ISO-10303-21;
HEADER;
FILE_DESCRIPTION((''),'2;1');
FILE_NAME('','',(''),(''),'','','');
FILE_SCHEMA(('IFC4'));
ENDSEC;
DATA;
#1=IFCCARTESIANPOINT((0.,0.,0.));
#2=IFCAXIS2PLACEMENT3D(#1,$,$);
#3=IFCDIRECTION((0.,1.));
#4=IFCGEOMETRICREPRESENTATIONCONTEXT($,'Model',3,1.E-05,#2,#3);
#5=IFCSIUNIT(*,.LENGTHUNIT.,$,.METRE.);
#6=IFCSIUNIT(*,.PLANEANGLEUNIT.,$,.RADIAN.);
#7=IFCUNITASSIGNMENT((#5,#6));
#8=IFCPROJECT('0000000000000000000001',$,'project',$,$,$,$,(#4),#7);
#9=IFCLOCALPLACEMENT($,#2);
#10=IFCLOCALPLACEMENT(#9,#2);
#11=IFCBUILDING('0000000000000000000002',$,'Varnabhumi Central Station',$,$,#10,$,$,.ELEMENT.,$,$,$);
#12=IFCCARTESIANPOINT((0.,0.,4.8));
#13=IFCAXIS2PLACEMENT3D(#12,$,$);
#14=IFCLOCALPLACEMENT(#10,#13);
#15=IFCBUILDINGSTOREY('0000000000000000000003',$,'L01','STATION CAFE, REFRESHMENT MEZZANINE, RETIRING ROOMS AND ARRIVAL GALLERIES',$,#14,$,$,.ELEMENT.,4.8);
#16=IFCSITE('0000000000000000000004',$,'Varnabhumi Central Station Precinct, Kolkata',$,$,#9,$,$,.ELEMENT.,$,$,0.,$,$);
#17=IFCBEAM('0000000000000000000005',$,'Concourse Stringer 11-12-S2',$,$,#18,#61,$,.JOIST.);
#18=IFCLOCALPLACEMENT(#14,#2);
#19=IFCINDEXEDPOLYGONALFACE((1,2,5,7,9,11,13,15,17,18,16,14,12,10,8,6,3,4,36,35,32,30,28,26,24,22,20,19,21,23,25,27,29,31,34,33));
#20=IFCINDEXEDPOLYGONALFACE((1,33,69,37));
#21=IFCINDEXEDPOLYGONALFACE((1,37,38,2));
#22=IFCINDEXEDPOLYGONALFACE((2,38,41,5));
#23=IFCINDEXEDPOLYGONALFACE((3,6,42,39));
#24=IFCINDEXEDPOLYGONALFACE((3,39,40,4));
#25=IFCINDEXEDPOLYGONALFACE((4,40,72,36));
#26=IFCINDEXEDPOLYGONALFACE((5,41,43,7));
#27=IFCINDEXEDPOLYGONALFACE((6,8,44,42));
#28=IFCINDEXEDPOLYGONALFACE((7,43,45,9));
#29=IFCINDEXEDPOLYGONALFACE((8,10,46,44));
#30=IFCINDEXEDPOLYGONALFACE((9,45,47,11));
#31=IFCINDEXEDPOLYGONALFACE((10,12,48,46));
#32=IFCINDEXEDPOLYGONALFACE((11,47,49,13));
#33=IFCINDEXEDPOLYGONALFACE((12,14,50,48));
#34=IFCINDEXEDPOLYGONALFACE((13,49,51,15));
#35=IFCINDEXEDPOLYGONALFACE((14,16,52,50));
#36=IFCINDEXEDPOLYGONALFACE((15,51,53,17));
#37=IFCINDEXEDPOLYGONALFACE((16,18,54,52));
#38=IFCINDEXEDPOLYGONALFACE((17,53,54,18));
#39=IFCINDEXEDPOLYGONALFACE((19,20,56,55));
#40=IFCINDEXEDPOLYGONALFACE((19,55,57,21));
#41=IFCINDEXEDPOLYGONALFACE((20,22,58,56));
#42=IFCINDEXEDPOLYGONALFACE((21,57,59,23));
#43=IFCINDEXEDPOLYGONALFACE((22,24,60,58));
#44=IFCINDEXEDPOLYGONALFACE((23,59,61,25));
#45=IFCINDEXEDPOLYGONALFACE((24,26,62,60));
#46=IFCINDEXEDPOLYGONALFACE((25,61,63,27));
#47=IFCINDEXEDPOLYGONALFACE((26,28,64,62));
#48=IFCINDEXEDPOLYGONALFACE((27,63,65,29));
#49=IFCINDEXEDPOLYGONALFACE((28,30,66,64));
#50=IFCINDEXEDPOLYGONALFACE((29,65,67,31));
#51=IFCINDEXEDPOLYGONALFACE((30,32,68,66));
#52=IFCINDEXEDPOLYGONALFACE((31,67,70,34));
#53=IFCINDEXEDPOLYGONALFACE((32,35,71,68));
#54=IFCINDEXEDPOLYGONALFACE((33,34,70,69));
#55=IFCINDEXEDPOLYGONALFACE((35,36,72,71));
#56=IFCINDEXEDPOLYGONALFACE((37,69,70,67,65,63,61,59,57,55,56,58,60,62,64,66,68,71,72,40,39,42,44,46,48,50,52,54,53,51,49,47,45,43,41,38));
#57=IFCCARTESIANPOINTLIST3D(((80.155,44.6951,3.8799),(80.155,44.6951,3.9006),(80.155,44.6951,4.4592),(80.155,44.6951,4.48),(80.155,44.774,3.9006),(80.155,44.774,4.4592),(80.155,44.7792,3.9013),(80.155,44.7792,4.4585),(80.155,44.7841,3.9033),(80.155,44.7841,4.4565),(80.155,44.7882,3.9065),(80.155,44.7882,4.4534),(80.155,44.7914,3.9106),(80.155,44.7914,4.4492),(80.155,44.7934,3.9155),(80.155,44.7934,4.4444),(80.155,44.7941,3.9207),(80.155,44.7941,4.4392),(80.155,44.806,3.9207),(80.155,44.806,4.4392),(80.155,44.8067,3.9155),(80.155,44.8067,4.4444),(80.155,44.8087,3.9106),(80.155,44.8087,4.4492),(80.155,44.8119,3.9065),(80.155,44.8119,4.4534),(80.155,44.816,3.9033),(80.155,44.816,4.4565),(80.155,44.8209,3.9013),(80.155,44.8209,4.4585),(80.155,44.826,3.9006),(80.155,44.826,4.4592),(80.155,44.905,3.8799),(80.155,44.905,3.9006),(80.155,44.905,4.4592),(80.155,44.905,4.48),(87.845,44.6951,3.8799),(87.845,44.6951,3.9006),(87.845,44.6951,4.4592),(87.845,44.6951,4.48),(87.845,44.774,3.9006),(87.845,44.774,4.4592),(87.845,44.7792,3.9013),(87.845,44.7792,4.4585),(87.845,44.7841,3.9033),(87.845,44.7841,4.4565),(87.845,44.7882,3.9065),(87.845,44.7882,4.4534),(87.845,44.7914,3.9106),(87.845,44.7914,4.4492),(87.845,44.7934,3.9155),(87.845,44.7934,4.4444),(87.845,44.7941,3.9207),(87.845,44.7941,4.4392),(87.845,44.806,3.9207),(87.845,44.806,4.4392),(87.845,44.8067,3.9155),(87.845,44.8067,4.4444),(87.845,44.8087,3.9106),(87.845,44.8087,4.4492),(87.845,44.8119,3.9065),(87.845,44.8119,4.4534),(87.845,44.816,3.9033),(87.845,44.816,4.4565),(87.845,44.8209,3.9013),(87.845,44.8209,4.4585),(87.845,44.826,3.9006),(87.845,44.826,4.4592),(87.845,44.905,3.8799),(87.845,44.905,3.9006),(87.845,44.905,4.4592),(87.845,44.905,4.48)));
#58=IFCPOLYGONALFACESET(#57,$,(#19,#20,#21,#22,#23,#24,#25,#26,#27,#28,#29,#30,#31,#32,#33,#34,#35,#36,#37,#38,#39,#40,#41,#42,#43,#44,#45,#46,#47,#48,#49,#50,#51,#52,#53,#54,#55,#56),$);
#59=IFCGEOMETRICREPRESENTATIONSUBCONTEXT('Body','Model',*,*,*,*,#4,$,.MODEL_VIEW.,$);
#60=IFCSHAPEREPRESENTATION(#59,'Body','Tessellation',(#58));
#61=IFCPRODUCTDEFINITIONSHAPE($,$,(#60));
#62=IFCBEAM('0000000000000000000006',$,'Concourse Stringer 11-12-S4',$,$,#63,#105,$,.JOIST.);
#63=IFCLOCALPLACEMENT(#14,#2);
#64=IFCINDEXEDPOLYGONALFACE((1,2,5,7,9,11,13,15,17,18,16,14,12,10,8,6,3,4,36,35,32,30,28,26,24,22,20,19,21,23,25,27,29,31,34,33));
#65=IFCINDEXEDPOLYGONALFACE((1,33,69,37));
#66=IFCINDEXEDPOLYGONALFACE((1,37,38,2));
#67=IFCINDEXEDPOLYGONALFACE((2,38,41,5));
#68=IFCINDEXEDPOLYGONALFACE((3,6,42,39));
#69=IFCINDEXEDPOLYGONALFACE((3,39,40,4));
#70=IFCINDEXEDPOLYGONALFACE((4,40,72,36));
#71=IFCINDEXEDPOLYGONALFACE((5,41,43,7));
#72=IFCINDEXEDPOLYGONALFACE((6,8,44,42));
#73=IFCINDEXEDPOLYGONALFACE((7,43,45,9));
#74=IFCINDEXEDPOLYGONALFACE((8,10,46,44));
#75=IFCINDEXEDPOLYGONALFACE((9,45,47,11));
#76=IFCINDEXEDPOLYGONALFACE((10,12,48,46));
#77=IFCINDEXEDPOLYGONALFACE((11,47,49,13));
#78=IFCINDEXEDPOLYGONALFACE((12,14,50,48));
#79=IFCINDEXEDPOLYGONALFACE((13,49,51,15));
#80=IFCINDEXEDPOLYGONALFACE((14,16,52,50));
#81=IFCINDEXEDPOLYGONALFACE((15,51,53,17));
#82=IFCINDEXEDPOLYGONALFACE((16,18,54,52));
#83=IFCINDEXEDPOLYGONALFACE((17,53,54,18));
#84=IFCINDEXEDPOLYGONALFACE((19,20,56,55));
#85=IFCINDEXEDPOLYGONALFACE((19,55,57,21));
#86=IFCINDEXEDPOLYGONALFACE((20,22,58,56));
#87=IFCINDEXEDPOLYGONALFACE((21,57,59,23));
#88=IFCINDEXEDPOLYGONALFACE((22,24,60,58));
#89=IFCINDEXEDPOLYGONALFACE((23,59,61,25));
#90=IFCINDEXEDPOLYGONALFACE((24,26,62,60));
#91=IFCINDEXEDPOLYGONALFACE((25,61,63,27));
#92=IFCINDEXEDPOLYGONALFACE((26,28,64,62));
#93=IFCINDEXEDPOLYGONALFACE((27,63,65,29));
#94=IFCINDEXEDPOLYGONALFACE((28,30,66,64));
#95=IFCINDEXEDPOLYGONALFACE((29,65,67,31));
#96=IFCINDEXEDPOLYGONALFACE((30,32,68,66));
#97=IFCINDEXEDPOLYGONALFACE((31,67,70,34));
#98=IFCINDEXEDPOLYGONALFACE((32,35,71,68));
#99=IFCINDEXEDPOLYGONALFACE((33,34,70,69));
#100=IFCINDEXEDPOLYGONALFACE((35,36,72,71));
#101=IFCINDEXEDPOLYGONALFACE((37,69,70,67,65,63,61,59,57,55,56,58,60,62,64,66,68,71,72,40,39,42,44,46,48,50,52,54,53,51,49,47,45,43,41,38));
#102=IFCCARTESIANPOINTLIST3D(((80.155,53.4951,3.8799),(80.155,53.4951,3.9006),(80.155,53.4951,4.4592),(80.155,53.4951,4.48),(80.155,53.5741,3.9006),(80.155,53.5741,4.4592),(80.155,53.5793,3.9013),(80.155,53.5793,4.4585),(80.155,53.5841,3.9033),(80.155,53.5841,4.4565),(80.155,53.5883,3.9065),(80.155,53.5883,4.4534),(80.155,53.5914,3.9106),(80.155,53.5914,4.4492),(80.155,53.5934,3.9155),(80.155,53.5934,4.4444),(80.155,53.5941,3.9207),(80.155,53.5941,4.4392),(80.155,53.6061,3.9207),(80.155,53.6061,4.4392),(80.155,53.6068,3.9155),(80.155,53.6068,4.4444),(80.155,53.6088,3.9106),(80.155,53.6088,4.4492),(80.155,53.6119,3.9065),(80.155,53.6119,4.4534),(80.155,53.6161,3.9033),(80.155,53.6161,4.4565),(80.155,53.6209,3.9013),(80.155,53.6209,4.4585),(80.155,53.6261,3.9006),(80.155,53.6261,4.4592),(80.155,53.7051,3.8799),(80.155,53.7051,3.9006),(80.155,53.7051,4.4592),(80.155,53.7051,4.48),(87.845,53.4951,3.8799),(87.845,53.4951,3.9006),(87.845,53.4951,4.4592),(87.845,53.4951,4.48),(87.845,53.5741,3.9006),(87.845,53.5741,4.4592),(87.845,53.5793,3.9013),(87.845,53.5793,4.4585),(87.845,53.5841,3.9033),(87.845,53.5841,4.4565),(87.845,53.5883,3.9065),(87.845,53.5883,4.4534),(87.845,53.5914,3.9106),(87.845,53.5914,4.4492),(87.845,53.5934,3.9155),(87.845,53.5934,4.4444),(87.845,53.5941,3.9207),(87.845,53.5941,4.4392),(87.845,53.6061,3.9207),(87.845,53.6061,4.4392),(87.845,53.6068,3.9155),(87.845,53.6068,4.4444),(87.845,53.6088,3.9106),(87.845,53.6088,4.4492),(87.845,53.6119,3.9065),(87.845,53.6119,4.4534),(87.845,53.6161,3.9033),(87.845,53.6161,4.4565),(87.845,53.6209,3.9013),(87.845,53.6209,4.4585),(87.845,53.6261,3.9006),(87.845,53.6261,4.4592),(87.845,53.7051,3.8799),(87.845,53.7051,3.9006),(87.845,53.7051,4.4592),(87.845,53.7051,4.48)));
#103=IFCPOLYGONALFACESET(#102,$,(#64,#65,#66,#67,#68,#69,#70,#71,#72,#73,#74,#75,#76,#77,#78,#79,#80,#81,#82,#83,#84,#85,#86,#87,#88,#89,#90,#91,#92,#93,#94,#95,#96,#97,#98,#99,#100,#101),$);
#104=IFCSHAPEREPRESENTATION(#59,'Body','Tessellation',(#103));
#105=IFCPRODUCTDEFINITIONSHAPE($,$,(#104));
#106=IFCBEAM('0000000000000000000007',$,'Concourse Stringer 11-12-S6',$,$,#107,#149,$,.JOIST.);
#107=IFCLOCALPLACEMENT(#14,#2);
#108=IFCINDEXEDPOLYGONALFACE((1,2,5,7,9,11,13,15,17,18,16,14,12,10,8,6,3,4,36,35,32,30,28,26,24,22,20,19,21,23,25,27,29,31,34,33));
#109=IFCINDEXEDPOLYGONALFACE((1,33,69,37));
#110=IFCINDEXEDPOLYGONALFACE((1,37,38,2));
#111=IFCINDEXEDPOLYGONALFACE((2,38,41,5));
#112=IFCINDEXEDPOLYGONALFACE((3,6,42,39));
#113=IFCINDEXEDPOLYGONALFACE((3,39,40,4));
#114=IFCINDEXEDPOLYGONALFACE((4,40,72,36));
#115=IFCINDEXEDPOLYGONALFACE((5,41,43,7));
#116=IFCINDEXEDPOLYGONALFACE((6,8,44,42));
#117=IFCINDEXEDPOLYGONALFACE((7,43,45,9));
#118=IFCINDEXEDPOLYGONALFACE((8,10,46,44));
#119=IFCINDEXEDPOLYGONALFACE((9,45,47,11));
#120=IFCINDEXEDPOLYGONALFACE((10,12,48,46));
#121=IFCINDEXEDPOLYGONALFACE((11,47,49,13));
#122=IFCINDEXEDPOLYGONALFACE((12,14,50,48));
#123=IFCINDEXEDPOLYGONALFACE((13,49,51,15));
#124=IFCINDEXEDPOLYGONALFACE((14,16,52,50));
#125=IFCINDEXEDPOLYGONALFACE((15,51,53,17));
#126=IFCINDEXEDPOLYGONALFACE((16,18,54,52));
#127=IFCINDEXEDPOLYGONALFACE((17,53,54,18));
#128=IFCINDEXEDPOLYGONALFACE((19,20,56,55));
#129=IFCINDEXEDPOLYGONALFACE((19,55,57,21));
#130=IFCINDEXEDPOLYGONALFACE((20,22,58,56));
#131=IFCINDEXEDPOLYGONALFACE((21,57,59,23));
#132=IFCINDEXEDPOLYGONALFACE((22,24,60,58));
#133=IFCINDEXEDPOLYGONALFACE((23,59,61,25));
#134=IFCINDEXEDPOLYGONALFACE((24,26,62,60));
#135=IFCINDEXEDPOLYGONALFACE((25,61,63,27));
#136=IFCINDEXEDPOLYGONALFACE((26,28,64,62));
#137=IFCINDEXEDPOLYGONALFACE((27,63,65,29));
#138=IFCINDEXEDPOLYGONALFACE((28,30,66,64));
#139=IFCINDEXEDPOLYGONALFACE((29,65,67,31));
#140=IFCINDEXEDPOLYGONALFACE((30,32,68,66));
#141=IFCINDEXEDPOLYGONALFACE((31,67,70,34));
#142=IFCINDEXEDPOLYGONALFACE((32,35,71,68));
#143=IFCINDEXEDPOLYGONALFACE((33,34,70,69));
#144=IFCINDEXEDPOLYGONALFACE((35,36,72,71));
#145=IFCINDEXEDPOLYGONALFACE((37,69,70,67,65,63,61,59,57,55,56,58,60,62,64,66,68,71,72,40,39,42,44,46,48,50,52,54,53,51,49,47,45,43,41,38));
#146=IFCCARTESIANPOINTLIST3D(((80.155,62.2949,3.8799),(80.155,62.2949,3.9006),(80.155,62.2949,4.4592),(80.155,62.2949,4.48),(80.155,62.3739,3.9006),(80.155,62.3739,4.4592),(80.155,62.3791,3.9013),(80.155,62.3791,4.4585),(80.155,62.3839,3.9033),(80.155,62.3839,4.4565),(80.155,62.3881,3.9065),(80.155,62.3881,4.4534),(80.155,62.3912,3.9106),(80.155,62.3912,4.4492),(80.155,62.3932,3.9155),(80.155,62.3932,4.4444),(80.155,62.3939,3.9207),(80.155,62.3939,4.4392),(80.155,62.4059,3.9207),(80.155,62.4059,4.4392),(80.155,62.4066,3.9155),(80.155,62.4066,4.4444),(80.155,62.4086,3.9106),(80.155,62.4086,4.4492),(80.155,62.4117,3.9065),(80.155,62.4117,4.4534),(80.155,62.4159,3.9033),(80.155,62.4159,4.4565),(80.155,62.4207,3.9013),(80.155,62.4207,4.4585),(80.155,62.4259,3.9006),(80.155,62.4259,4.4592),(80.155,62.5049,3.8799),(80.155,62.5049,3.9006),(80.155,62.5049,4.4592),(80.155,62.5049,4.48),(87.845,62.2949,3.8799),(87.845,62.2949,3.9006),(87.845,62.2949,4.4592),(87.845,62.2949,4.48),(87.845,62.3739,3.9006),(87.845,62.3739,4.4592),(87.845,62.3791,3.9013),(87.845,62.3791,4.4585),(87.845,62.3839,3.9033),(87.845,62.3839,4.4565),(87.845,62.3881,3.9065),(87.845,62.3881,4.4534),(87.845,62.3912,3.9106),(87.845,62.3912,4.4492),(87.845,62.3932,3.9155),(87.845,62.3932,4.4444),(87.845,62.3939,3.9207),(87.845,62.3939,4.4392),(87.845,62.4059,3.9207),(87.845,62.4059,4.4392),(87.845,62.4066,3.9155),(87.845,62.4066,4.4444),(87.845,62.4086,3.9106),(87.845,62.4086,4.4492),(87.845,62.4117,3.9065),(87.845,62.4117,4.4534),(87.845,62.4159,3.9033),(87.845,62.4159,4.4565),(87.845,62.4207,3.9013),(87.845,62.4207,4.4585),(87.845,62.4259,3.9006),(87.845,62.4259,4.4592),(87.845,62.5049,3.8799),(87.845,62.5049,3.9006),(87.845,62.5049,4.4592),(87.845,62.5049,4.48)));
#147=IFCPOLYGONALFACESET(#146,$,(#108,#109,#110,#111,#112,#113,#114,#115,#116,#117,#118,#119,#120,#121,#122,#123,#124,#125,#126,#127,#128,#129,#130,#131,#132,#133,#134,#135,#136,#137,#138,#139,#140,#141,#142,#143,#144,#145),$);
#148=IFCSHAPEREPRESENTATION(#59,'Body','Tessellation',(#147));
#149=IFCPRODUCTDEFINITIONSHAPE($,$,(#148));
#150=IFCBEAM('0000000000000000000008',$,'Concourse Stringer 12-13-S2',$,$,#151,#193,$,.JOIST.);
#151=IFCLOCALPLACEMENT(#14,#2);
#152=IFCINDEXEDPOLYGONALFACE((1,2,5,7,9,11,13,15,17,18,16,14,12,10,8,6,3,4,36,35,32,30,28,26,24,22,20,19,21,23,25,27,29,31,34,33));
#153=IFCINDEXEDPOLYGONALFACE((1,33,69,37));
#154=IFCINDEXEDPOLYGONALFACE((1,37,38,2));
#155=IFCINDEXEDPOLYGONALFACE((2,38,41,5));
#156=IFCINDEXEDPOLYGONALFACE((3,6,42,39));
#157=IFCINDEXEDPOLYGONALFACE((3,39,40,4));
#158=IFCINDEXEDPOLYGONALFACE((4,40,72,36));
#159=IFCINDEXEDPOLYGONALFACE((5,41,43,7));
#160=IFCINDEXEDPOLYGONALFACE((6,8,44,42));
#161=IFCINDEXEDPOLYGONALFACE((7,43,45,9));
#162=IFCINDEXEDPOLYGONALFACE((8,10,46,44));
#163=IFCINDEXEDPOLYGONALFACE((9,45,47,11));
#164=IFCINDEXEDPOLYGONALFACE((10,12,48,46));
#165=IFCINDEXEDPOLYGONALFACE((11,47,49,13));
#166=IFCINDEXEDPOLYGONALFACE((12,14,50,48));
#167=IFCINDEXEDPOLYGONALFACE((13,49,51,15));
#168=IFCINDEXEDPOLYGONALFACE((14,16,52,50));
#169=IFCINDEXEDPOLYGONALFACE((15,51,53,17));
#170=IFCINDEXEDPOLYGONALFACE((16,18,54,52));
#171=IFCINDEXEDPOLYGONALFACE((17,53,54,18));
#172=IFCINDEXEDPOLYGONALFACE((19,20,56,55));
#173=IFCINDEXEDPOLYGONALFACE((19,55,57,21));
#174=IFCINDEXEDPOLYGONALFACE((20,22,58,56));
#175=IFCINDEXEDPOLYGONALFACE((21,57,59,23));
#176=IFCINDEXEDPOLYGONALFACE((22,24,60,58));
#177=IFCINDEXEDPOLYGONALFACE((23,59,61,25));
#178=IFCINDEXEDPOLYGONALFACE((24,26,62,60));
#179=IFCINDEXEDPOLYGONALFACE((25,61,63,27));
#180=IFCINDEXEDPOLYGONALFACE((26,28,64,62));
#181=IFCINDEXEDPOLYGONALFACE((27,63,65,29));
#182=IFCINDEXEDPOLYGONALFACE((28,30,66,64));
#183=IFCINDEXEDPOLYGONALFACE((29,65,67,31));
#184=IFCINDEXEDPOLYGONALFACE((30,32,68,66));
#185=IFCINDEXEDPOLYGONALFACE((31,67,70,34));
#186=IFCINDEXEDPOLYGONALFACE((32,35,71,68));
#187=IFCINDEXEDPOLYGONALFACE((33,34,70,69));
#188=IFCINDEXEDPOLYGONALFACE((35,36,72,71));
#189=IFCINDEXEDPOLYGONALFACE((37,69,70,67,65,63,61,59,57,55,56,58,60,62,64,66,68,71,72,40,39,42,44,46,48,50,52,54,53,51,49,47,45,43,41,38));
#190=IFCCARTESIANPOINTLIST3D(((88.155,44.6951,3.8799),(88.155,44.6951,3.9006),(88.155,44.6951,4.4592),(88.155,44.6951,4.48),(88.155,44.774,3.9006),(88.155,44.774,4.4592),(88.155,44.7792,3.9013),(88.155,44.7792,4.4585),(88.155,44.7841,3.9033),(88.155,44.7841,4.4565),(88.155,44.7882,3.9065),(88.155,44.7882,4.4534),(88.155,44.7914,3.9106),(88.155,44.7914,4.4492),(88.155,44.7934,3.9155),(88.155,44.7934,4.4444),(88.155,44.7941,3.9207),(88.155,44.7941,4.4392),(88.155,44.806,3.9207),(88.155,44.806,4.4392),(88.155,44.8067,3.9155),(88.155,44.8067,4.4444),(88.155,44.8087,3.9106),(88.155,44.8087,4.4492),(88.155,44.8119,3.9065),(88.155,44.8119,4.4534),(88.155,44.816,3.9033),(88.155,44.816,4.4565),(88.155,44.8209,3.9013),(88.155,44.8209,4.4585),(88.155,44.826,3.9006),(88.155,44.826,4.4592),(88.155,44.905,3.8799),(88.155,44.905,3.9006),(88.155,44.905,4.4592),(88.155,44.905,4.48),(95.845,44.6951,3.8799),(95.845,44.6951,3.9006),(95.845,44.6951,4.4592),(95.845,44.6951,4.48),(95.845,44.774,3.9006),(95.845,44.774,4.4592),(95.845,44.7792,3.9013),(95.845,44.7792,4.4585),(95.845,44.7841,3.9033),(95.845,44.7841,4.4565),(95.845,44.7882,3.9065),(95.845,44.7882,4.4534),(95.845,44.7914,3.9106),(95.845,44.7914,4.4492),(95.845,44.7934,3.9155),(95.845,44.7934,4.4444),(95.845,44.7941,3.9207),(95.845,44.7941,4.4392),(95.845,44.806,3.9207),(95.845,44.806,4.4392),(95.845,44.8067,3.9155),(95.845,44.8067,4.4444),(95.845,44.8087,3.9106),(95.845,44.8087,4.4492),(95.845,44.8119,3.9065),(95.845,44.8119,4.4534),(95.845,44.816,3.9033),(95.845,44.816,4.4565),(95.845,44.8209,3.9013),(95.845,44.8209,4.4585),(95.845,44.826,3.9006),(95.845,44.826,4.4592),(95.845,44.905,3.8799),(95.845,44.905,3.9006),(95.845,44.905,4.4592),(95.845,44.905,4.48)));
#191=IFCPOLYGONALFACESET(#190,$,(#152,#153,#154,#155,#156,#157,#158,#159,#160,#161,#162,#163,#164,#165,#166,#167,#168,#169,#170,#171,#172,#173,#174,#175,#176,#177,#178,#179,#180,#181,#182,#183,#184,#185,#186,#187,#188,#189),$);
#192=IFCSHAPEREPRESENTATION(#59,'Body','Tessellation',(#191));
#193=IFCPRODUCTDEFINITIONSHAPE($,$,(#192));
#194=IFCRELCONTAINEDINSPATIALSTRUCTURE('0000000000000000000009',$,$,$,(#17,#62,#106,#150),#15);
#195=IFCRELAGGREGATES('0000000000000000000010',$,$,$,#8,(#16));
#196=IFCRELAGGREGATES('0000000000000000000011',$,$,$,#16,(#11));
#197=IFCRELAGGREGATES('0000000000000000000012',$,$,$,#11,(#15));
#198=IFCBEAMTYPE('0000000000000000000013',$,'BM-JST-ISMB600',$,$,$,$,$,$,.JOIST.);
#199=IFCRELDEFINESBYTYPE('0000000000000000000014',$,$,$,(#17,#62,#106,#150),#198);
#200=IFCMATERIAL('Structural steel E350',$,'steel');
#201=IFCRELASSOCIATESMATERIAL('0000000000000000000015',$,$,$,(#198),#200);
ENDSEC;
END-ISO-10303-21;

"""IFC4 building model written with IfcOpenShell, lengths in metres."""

from ifc_helpers import new_model, si_unit, direction, frame, origin, origin_2d, place, context, subcontext, project, spatial, i_section, extrude, material, material_profile, profile_set, type_object, element, save


model = new_model("IFC4")

# Units and contexts
model_context = context("Model", 3, precision=1e-05, world=origin(), true_north=direction((0.0, 1.0)))
body_context = subcontext(model_context, "Body", "Model", "MODEL_VIEW")
ifc_project = project(units=[si_unit("LENGTHUNIT", "METRE"), si_unit("PLANEANGLEUNIT", "RADIAN")], contexts=[model_context])

# Site, building, storey
site_placement = place(None, origin())
site = spatial("IfcSite", under=ifc_project, at=site_placement, Name="Varnabhumi Central Station Precinct, Kolkata", CompositionType="ELEMENT", RefElevation=0.0)
building_placement = place(site_placement, origin())
building = spatial("IfcBuilding", under=site, at=building_placement, Name="Varnabhumi Central Station", CompositionType="ELEMENT")
storey_placement = place(building_placement, frame((0.0, 0.0, 4.8)))
storey = spatial("IfcBuildingStorey", under=building, at=storey_placement, Name="L01", Description="STATION CAFE, REFRESHMENT MEZZANINE, RETIRING ROOMS AND ARRIVAL GALLERIES", CompositionType="ELEMENT", Elevation=4.8)

# Beams
ifc_material_1 = material(Name="Structural steel E350", Category="steel")
ifc_material_profile_1 = material_profile(ifc_material_1, i_section(OverallWidth=0.21, OverallDepth=0.6001, WebThickness=0.012, FlangeThickness=0.0208, FilletRadius=0.02, at=origin_2d()), Name="Structural steel E350", Category="steel")
ifc_profile_set_1 = profile_set([ifc_material_profile_1], Name="Structural steel E350")
beam_type_1 = type_object("IfcBeamType", Name="BM-JST-ISMB600", PredefinedType="JOIST", material=ifc_profile_set_1)
for number, where, z_axis, x_axis, name in (
    (1, (80.155, 44.8, 4.1799), (1.0, 0.0, 0.0), (0.0, 1.0, 0.0), "Concourse Stringer 11-12-S2"),
    (2, (80.155, 53.6001, 4.1799), (1.0, 0.0, 0.0), (0.0, 1.0, 0.0), "Concourse Stringer 11-12-S4"),
    (3, (80.155, 62.3999, 4.1799), (1.0, 0.0, 0.0), (0.0, 1.0, 0.0), "Concourse Stringer 11-12-S6"),
    (4, (88.155, 44.8, 4.1799), (1.0, 0.0, 0.0), (0.0, 1.0, 0.0), "Concourse Stringer 12-13-S2"),
):
    element("IfcBeam", number, at=place(storey_placement, frame(where, z_axis=z_axis, x_axis=x_axis)), inside=storey, type_object=beam_type_1, Name=name, PredefinedType="JOIST", context=body_context, shape_type="SweptSolid", body=[
        extrude(i_section(OverallWidth=0.21, OverallDepth=0.6001, WebThickness=0.012, FlangeThickness=0.0208, FilletRadius=0.02, at=origin_2d()), origin(), (0.0, 0.0, 1.0), 7.6899),
    ])

save(model, "model.ifc")
